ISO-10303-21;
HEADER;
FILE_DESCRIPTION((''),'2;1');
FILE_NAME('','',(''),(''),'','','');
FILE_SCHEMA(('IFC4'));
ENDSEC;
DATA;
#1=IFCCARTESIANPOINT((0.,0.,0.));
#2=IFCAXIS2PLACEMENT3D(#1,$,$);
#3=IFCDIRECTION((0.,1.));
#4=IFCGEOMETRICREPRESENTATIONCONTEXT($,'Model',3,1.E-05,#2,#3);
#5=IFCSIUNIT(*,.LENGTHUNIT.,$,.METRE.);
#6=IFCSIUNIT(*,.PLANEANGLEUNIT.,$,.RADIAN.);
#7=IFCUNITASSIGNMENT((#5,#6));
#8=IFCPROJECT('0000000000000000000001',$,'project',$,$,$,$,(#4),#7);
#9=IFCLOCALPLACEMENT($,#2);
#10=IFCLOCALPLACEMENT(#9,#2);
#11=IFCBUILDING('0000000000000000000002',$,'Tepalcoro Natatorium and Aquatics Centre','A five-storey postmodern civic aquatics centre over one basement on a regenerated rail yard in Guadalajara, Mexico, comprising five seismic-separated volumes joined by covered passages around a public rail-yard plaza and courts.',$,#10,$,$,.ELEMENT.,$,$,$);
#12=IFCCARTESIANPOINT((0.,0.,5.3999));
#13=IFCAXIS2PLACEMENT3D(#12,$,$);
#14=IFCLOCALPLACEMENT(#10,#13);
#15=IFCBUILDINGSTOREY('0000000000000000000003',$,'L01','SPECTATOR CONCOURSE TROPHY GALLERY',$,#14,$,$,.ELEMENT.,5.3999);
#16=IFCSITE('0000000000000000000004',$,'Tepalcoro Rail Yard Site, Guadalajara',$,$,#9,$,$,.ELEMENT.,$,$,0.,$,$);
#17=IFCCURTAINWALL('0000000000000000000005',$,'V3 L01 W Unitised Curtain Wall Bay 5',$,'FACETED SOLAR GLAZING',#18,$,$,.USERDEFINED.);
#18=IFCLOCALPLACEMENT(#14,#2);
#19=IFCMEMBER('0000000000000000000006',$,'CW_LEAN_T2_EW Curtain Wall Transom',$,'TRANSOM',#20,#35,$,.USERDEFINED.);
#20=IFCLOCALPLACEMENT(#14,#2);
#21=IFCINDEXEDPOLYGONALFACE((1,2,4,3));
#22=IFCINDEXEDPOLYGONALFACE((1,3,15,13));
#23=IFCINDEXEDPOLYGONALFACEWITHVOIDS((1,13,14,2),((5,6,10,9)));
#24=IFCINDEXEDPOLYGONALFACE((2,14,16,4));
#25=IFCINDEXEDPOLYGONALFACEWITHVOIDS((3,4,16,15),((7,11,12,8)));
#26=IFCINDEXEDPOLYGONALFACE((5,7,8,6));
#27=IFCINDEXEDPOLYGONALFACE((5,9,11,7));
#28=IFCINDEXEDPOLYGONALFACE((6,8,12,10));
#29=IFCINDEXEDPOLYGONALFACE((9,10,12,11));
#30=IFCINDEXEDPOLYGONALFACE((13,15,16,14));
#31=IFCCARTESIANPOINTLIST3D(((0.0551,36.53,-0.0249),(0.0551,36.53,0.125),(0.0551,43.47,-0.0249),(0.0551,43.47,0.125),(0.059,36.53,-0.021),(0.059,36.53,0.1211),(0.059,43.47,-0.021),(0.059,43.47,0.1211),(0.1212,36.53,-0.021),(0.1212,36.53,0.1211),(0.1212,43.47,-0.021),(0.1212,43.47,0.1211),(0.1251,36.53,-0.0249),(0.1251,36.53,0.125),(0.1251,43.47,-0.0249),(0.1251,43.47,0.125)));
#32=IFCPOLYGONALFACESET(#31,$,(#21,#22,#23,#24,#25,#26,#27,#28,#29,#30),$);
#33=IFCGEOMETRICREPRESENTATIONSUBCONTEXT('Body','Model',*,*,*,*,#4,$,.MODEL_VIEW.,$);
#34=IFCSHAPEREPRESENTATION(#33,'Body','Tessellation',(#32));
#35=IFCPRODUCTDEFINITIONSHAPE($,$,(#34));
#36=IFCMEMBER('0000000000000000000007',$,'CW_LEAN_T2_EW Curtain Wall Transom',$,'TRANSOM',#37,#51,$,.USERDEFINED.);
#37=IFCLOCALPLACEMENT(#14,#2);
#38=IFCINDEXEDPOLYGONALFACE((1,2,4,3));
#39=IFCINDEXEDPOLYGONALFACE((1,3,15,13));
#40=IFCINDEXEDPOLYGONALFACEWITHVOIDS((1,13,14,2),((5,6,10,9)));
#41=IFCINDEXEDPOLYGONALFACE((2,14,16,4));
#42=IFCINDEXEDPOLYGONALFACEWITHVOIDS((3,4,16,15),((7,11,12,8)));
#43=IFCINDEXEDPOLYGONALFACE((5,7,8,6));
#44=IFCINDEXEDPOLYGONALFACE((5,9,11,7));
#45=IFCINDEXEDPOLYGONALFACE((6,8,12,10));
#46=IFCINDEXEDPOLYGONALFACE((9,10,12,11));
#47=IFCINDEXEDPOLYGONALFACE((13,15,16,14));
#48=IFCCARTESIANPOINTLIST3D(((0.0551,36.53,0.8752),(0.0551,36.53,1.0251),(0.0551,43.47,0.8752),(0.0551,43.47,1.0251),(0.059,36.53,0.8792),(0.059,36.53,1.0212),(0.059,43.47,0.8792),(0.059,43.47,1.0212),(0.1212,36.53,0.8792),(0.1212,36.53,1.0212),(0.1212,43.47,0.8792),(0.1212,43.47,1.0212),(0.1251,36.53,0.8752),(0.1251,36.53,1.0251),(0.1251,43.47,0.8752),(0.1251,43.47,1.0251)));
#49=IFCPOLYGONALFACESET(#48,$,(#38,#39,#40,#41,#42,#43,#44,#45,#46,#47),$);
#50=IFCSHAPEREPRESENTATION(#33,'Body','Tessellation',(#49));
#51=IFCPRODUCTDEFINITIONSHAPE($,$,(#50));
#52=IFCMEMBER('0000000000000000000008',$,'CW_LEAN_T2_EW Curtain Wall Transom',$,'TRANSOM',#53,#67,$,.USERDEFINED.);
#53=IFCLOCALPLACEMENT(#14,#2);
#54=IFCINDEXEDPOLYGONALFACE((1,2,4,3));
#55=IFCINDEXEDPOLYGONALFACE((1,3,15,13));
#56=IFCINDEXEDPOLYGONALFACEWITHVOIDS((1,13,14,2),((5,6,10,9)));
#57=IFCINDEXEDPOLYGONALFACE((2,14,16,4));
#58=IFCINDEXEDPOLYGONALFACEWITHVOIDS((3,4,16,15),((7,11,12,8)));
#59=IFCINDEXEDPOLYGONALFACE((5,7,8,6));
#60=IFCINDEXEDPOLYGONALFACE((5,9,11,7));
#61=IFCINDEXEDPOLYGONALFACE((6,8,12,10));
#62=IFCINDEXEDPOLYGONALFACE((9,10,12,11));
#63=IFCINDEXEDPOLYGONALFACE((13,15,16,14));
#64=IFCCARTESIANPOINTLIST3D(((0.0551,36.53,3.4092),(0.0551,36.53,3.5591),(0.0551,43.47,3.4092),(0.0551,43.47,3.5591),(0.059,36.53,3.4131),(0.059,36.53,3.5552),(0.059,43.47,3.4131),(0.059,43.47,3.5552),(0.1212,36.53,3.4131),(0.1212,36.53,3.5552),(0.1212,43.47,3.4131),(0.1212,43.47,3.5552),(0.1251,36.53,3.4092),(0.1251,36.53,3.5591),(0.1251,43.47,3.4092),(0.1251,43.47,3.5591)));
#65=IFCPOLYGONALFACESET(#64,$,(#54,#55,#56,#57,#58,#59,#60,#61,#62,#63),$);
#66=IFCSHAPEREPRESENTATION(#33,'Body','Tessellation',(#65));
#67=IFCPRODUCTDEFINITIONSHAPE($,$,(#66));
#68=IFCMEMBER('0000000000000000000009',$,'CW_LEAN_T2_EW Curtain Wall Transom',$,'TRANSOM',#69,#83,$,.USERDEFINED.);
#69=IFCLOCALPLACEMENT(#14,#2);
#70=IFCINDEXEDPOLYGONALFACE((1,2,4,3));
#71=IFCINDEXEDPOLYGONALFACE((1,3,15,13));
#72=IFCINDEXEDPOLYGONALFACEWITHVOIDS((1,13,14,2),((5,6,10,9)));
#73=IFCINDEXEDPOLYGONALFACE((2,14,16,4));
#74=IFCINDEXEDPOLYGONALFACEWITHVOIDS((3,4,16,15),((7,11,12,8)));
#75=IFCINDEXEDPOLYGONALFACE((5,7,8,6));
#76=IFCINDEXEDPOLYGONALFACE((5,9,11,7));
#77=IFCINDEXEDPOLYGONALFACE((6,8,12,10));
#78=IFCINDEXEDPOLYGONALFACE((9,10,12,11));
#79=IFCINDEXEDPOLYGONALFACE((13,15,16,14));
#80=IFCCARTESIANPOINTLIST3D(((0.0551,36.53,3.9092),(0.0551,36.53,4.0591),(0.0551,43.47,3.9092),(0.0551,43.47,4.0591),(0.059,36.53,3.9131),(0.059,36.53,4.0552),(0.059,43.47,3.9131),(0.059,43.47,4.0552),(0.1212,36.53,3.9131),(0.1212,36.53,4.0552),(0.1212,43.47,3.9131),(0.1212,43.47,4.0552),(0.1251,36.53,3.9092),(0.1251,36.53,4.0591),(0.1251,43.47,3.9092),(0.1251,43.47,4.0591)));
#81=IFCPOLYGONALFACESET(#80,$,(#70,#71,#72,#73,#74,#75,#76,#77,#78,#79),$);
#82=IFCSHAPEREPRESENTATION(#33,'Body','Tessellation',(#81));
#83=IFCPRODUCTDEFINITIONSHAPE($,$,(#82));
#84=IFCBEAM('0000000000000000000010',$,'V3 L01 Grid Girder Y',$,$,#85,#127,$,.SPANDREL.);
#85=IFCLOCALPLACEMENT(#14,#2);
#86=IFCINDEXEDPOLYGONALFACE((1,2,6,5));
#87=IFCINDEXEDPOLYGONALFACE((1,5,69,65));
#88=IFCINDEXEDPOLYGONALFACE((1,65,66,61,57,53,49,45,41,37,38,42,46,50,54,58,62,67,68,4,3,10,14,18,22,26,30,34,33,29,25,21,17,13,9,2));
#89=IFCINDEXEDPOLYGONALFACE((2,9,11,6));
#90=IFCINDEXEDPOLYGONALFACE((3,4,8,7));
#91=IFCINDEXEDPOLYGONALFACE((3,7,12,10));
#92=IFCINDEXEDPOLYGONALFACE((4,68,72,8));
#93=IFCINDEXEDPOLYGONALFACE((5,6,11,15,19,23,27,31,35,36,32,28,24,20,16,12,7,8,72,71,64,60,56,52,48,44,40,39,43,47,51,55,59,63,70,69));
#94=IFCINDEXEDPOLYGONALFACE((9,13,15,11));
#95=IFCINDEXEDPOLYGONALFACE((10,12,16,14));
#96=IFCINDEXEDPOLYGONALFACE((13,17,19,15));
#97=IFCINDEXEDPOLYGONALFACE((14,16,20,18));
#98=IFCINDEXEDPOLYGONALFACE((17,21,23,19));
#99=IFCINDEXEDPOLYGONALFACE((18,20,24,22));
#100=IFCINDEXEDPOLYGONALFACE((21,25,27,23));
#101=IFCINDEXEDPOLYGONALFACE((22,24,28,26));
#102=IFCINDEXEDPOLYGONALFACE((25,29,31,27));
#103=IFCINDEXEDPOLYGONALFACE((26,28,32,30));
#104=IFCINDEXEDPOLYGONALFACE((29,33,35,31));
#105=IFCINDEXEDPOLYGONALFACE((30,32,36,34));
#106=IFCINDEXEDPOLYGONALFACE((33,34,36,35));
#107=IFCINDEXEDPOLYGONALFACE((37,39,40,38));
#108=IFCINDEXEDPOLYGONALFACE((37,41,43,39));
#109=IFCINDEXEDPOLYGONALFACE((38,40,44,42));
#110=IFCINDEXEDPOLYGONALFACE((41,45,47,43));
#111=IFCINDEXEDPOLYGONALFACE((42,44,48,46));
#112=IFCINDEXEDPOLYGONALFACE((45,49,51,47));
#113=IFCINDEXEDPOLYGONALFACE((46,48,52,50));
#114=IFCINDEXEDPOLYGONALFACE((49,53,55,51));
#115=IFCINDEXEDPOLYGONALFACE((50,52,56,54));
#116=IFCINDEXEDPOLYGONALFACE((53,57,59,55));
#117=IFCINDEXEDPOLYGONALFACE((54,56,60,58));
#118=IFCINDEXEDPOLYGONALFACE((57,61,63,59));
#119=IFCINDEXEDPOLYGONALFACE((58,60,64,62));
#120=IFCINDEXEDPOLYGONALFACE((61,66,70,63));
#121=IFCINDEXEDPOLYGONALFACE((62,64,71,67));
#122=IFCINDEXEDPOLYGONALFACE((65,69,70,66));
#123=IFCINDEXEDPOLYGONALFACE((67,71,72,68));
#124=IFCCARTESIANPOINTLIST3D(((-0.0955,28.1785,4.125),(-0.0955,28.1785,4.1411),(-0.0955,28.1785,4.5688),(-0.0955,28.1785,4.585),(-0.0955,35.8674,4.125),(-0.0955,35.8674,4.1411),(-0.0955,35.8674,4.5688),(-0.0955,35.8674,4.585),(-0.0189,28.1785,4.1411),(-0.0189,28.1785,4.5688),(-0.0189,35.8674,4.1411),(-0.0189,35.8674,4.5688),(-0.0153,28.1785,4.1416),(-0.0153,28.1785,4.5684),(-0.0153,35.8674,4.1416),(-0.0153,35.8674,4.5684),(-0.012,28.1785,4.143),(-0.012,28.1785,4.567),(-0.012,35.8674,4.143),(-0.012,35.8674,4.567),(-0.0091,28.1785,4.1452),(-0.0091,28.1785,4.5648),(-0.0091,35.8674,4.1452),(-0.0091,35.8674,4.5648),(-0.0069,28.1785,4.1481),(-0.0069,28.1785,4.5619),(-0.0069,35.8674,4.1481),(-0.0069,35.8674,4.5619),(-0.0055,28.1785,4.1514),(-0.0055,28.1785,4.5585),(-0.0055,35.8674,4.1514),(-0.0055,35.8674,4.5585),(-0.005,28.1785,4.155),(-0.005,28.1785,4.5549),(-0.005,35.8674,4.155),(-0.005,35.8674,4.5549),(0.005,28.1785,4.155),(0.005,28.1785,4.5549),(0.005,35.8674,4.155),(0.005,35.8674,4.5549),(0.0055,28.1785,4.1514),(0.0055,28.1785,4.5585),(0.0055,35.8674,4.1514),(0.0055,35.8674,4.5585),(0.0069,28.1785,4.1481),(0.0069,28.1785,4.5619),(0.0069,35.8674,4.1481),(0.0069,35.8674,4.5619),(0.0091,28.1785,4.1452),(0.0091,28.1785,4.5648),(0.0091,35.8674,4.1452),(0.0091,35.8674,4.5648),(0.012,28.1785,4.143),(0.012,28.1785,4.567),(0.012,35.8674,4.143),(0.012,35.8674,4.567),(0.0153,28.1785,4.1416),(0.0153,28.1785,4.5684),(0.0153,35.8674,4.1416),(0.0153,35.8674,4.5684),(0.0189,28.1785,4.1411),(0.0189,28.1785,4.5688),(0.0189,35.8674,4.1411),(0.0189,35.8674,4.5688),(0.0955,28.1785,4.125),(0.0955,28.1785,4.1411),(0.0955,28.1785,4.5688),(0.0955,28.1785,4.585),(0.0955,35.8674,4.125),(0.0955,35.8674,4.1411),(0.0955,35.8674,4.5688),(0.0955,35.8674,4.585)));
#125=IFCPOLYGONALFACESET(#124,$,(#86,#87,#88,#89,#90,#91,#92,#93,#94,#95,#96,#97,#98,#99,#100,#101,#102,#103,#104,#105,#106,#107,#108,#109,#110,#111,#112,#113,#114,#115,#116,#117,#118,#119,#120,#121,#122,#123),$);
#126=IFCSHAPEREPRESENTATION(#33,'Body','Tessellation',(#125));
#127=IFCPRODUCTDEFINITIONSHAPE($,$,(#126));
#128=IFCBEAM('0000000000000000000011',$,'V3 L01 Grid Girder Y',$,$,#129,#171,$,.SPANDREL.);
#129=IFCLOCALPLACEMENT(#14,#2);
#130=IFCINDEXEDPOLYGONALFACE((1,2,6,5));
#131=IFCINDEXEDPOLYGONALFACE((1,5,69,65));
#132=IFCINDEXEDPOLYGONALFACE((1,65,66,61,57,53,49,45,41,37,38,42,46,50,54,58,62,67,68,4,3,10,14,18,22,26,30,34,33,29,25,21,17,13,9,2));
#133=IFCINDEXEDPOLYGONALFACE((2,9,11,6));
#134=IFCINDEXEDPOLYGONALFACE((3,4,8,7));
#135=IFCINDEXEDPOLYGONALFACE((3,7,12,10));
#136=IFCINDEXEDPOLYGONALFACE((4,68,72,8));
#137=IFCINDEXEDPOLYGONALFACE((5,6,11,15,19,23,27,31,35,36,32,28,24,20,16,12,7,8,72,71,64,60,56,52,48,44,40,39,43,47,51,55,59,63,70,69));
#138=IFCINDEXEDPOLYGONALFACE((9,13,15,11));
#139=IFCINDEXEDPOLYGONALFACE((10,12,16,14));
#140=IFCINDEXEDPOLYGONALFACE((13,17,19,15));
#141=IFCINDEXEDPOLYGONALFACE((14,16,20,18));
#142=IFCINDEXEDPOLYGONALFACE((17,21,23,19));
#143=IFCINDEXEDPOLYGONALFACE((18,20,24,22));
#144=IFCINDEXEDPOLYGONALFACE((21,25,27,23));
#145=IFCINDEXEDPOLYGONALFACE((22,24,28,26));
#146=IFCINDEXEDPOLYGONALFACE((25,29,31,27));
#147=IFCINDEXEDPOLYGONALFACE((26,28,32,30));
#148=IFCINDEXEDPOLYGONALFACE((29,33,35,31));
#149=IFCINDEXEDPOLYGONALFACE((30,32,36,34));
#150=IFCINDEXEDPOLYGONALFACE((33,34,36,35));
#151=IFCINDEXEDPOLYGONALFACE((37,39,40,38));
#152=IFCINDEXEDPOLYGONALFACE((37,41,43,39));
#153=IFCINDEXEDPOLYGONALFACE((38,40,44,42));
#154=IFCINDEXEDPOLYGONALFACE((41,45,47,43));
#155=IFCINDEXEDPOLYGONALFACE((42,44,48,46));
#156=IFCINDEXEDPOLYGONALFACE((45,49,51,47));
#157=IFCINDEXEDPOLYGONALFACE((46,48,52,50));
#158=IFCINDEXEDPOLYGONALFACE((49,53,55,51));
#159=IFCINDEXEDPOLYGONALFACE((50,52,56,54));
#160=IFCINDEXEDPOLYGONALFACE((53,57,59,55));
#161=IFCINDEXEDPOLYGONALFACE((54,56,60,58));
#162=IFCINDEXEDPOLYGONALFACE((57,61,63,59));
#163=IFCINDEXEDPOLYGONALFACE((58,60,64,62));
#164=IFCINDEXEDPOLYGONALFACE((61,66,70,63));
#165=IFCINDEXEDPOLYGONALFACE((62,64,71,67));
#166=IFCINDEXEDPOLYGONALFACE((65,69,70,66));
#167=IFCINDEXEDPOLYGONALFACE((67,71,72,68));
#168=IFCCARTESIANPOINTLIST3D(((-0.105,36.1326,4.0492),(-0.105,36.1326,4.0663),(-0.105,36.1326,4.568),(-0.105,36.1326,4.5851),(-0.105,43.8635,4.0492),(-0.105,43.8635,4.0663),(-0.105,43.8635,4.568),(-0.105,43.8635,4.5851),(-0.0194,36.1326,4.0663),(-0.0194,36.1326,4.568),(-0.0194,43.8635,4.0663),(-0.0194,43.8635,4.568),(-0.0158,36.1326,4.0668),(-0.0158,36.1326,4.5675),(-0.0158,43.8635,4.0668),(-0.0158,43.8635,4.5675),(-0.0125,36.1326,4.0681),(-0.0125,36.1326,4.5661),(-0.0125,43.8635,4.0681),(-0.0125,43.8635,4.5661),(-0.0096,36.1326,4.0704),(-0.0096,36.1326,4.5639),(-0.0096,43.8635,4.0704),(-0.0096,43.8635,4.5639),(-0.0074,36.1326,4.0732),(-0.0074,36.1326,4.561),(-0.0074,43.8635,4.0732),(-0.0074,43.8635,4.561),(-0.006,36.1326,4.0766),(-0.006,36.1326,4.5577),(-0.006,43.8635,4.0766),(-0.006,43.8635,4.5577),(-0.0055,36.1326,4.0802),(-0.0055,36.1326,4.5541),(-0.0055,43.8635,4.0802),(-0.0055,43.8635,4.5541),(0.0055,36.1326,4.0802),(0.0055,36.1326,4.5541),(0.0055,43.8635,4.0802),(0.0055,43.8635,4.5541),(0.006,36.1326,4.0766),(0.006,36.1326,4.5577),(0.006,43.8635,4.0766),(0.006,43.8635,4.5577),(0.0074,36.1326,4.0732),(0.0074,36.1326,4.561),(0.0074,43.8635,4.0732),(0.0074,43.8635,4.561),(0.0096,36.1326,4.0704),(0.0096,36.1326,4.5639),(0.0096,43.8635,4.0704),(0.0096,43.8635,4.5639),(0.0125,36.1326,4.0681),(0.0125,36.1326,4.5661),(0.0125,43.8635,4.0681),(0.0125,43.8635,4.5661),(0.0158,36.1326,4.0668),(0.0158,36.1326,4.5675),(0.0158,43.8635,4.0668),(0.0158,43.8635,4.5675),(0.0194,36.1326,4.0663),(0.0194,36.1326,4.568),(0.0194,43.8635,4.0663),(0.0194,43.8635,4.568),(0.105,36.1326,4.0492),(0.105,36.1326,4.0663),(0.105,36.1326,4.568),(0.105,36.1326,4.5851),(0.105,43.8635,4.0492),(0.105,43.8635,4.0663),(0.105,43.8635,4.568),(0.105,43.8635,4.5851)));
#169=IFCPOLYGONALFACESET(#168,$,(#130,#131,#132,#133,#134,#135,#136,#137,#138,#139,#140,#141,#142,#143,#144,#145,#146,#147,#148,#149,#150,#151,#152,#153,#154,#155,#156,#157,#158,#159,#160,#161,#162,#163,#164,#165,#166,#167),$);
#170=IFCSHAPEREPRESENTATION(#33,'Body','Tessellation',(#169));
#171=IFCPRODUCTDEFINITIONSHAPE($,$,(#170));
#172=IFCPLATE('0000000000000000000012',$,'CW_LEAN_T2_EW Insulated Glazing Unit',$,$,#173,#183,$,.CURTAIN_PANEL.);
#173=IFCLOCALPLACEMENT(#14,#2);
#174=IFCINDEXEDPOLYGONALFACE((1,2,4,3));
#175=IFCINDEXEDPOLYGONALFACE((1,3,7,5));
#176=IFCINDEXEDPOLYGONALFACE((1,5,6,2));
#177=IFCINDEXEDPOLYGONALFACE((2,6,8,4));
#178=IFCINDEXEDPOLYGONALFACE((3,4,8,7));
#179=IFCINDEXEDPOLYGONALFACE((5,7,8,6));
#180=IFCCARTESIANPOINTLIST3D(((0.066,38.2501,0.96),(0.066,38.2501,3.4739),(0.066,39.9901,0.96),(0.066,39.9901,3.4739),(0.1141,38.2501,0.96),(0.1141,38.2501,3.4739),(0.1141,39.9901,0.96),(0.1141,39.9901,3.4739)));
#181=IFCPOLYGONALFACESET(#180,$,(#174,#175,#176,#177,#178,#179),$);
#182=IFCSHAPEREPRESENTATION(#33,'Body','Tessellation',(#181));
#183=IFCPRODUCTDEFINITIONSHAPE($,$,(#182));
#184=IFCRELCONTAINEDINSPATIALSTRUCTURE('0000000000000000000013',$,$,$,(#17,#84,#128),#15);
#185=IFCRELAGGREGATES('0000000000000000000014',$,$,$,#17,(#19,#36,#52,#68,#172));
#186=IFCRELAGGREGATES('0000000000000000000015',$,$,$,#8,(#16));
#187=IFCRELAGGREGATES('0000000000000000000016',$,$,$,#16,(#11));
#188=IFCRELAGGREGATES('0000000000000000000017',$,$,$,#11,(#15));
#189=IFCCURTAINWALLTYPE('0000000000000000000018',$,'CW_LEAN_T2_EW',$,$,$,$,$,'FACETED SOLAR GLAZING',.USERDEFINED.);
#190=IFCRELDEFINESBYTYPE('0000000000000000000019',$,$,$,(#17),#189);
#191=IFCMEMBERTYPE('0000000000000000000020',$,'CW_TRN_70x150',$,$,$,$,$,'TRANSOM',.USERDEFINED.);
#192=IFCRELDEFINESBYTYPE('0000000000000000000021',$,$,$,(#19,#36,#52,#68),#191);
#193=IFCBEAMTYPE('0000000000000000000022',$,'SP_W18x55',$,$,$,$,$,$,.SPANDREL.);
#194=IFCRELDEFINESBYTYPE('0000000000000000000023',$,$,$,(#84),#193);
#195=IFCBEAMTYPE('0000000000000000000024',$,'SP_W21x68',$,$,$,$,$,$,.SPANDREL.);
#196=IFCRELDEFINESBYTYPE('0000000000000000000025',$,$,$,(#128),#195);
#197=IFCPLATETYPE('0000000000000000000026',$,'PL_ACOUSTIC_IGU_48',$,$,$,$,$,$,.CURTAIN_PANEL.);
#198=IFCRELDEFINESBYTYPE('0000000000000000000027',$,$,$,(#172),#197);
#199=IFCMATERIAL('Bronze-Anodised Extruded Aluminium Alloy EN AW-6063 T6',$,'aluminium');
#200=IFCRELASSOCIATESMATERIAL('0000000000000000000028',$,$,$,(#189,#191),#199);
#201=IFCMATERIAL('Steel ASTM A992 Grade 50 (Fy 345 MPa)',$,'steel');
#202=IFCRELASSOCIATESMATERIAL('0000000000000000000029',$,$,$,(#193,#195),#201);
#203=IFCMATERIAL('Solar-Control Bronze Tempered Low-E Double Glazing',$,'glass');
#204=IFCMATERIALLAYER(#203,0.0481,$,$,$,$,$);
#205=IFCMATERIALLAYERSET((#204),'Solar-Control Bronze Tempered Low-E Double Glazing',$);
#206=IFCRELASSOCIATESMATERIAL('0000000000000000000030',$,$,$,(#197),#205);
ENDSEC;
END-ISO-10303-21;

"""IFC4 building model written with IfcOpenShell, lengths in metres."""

from ifc_helpers import new_model, si_unit, direction, frame, origin, origin_2d, place, context, subcontext, project, spatial, rectangle, hollow_rectangle, i_section, extrude, material, layer, layer_set, material_profile, profile_set, type_object, element, aggregate, save


model = new_model("IFC4")

# Units and contexts
model_context = context("Model", 3, precision=1e-05, world=origin(), true_north=direction((0.0, 1.0)))
body_context = subcontext(model_context, "Body", "Model", "MODEL_VIEW")
ifc_project = project(units=[si_unit("LENGTHUNIT", "METRE"), si_unit("PLANEANGLEUNIT", "RADIAN")], contexts=[model_context])

# Site, building, storey
site_placement = place(None, origin())
site = spatial("IfcSite", under=ifc_project, at=site_placement, Name="Tepalcoro Rail Yard Site, Guadalajara", CompositionType="ELEMENT", RefElevation=0.0)
building_placement = place(site_placement, origin())
building = spatial("IfcBuilding", under=site, at=building_placement, Name="Tepalcoro Natatorium and Aquatics Centre", Description="A five-storey postmodern civic aquatics centre over one basement on a regenerated rail yard in Guadalajara, Mexico, comprising five seismic-separated volumes joined by covered passages around a public rail-yard plaza and courts.", CompositionType="ELEMENT")
storey_placement = place(building_placement, frame((0.0, 0.0, 5.3999)))
storey = spatial("IfcBuildingStorey", under=building, at=storey_placement, Name="L01", Description="SPECTATOR CONCOURSE TROPHY GALLERY", CompositionType="ELEMENT", Elevation=5.3999)

# Shared definitions
ifc_material_1 = material(Name="Steel ASTM A992 Grade 50 (Fy 345 MPa)", Category="steel")

# Shared definitions
ifc_material_2 = material(Name="Bronze-Anodised Extruded Aluminium Alloy EN AW-6063 T6", Category="aluminium")

# Curtain wall, members
curtain_wall_type_1 = type_object("IfcCurtainWallType", Name="CW_LEAN_T2_EW", ElementType="FACETED SOLAR GLAZING", PredefinedType="USERDEFINED", material=ifc_material_2)
curtain_wall_1_placement = place(storey_placement, origin())
curtain_wall_1 = element("IfcCurtainWall", 1, at=curtain_wall_1_placement, inside=storey, type_object=curtain_wall_type_1, Name="V3 L01 W Unitised Curtain Wall Bay 5", ObjectType="FACETED SOLAR GLAZING", PredefinedType="USERDEFINED")
ifc_material_profile_1 = material_profile(ifc_material_2, hollow_rectangle(XDim=0.0701, YDim=0.1499, WallThickness=0.0039, at=origin_2d()), Name="AL70X150X4")
ifc_profile_set_1 = profile_set([ifc_material_profile_1], Name="Bronze-Anodised Extruded Aluminium Alloy EN AW-6063 T6")
member_type_1 = type_object("IfcMemberType", Name="CW_TRN_70x150", ElementType="TRANSOM", PredefinedType="USERDEFINED", material=ifc_profile_set_1)
member_1_placement = place(storey_placement, frame((0.0901, 36.53, 0.05), z_axis=(0.0, 1.0, 0.0), x_axis=(-1.0, 0.0, 0.0)))
member_1 = element("IfcMember", 2, at=member_1_placement, type_object=member_type_1, Name="CW_LEAN_T2_EW Curtain Wall Transom", ObjectType="TRANSOM", PredefinedType="USERDEFINED", context=body_context, shape_type="SweptSolid", body=[
    extrude(hollow_rectangle(XDim=0.0701, YDim=0.1499, WallThickness=0.0039, at=origin_2d()), origin(), (0.0, 0.0, 1.0), 6.9399),
])
member_2_placement = place(storey_placement, frame((0.0901, 36.53, 0.9502), z_axis=(0.0, 1.0, 0.0), x_axis=(-1.0, 0.0, 0.0)))
member_2 = element("IfcMember", 3, at=member_2_placement, type_object=member_type_1, Name="CW_LEAN_T2_EW Curtain Wall Transom", ObjectType="TRANSOM", PredefinedType="USERDEFINED", context=body_context, shape_type="SweptSolid", body=[
    extrude(hollow_rectangle(XDim=0.0701, YDim=0.1499, WallThickness=0.0039, at=origin_2d()), origin(), (0.0, 0.0, 1.0), 6.9399),
])
member_3_placement = place(storey_placement, frame((0.0901, 36.53, 3.4841), z_axis=(0.0, 1.0, 0.0), x_axis=(-1.0, 0.0, 0.0)))
member_3 = element("IfcMember", 4, at=member_3_placement, type_object=member_type_1, Name="CW_LEAN_T2_EW Curtain Wall Transom", ObjectType="TRANSOM", PredefinedType="USERDEFINED", context=body_context, shape_type="SweptSolid", body=[
    extrude(hollow_rectangle(XDim=0.0701, YDim=0.1499, WallThickness=0.0039, at=origin_2d()), origin(), (0.0, 0.0, 1.0), 6.9399),
])
member_4_placement = place(storey_placement, frame((0.0901, 36.53, 3.9841), z_axis=(0.0, 1.0, 0.0), x_axis=(-1.0, 0.0, 0.0)))
member_4 = element("IfcMember", 5, at=member_4_placement, type_object=member_type_1, Name="CW_LEAN_T2_EW Curtain Wall Transom", ObjectType="TRANSOM", PredefinedType="USERDEFINED", context=body_context, shape_type="SweptSolid", body=[
    extrude(hollow_rectangle(XDim=0.0701, YDim=0.1499, WallThickness=0.0039, at=origin_2d()), origin(), (0.0, 0.0, 1.0), 6.9399),
])

# Beams
ifc_material_profile_2 = material_profile(ifc_material_1, i_section(OverallWidth=0.1909, OverallDepth=0.46, WebThickness=0.01, FlangeThickness=0.0161, FilletRadius=0.0139, at=origin_2d()), Name="W18X55")
ifc_profile_set_2 = profile_set([ifc_material_profile_2], Name="Steel ASTM A992 Grade 50 (Fy 345 MPa)")
beam_type_1 = type_object("IfcBeamType", Name="SP_W18x55", PredefinedType="SPANDREL", material=ifc_profile_set_2)
beam_1_placement = place(storey_placement, frame((0.0, 28.1785, 4.355), z_axis=(0.0, 1.0, 0.0), x_axis=(-1.0, 0.0, 0.0)))
element("IfcBeam", 6, at=beam_1_placement, inside=storey, type_object=beam_type_1, Name="V3 L01 Grid Girder Y", PredefinedType="SPANDREL", context=body_context, shape_type="SweptSolid", body=[
    extrude(i_section(OverallWidth=0.1909, OverallDepth=0.46, WebThickness=0.01, FlangeThickness=0.0161, FilletRadius=0.0139, at=origin_2d()), origin(), (0.0, 0.0, 1.0), 7.689),
])
ifc_material_profile_3 = material_profile(ifc_material_1, i_section(OverallWidth=0.21, OverallDepth=0.5359, WebThickness=0.011, FlangeThickness=0.0171, FilletRadius=0.0139, at=origin_2d()), Name="W21X68")
ifc_profile_set_3 = profile_set([ifc_material_profile_3], Name="Steel ASTM A992 Grade 50 (Fy 345 MPa)")
beam_type_2 = type_object("IfcBeamType", Name="SP_W21x68", PredefinedType="SPANDREL", material=ifc_profile_set_3)
beam_2_placement = place(storey_placement, frame((0.0, 36.1326, 4.3171), z_axis=(0.0, 1.0, 0.0), x_axis=(-1.0, 0.0, 0.0)))
element("IfcBeam", 7, at=beam_2_placement, inside=storey, type_object=beam_type_2, Name="V3 L01 Grid Girder Y", PredefinedType="SPANDREL", context=body_context, shape_type="SweptSolid", body=[
    extrude(i_section(OverallWidth=0.21, OverallDepth=0.5359, WebThickness=0.011, FlangeThickness=0.0171, FilletRadius=0.0139, at=origin_2d()), origin(), (0.0, 0.0, 1.0), 7.731),
])

# Plate
ifc_material_3 = material(Name="Solar-Control Bronze Tempered Low-E Double Glazing", Category="glass")
ifc_layer_1 = layer(ifc_material_3, 0.0481)
ifc_layer_set_1 = layer_set([ifc_layer_1], Name="Solar-Control Bronze Tempered Low-E Double Glazing")
plate_type_1 = type_object("IfcPlateType", Name="PL_ACOUSTIC_IGU_48", PredefinedType="CURTAIN_PANEL", material=ifc_layer_set_1)
plate_1_placement = place(storey_placement, frame((0.0901, 39.1201, 0.96), z_axis=(0.0, 0.0, 1.0), x_axis=(1.0, 0.0, 0.0)))
plate_1 = element("IfcPlate", 8, at=plate_1_placement, type_object=plate_type_1, Name="CW_LEAN_T2_EW Insulated Glazing Unit", PredefinedType="CURTAIN_PANEL", context=body_context, shape_type="SweptSolid", body=[
    extrude(rectangle(XDim=0.0481, YDim=1.74, at=origin_2d()), origin(), (0.0, 0.0, 1.0), 2.5139),
])
aggregate(curtain_wall_1, [member_1, member_2, member_3, member_4, plate_1])

save(model, "model.ifc")
